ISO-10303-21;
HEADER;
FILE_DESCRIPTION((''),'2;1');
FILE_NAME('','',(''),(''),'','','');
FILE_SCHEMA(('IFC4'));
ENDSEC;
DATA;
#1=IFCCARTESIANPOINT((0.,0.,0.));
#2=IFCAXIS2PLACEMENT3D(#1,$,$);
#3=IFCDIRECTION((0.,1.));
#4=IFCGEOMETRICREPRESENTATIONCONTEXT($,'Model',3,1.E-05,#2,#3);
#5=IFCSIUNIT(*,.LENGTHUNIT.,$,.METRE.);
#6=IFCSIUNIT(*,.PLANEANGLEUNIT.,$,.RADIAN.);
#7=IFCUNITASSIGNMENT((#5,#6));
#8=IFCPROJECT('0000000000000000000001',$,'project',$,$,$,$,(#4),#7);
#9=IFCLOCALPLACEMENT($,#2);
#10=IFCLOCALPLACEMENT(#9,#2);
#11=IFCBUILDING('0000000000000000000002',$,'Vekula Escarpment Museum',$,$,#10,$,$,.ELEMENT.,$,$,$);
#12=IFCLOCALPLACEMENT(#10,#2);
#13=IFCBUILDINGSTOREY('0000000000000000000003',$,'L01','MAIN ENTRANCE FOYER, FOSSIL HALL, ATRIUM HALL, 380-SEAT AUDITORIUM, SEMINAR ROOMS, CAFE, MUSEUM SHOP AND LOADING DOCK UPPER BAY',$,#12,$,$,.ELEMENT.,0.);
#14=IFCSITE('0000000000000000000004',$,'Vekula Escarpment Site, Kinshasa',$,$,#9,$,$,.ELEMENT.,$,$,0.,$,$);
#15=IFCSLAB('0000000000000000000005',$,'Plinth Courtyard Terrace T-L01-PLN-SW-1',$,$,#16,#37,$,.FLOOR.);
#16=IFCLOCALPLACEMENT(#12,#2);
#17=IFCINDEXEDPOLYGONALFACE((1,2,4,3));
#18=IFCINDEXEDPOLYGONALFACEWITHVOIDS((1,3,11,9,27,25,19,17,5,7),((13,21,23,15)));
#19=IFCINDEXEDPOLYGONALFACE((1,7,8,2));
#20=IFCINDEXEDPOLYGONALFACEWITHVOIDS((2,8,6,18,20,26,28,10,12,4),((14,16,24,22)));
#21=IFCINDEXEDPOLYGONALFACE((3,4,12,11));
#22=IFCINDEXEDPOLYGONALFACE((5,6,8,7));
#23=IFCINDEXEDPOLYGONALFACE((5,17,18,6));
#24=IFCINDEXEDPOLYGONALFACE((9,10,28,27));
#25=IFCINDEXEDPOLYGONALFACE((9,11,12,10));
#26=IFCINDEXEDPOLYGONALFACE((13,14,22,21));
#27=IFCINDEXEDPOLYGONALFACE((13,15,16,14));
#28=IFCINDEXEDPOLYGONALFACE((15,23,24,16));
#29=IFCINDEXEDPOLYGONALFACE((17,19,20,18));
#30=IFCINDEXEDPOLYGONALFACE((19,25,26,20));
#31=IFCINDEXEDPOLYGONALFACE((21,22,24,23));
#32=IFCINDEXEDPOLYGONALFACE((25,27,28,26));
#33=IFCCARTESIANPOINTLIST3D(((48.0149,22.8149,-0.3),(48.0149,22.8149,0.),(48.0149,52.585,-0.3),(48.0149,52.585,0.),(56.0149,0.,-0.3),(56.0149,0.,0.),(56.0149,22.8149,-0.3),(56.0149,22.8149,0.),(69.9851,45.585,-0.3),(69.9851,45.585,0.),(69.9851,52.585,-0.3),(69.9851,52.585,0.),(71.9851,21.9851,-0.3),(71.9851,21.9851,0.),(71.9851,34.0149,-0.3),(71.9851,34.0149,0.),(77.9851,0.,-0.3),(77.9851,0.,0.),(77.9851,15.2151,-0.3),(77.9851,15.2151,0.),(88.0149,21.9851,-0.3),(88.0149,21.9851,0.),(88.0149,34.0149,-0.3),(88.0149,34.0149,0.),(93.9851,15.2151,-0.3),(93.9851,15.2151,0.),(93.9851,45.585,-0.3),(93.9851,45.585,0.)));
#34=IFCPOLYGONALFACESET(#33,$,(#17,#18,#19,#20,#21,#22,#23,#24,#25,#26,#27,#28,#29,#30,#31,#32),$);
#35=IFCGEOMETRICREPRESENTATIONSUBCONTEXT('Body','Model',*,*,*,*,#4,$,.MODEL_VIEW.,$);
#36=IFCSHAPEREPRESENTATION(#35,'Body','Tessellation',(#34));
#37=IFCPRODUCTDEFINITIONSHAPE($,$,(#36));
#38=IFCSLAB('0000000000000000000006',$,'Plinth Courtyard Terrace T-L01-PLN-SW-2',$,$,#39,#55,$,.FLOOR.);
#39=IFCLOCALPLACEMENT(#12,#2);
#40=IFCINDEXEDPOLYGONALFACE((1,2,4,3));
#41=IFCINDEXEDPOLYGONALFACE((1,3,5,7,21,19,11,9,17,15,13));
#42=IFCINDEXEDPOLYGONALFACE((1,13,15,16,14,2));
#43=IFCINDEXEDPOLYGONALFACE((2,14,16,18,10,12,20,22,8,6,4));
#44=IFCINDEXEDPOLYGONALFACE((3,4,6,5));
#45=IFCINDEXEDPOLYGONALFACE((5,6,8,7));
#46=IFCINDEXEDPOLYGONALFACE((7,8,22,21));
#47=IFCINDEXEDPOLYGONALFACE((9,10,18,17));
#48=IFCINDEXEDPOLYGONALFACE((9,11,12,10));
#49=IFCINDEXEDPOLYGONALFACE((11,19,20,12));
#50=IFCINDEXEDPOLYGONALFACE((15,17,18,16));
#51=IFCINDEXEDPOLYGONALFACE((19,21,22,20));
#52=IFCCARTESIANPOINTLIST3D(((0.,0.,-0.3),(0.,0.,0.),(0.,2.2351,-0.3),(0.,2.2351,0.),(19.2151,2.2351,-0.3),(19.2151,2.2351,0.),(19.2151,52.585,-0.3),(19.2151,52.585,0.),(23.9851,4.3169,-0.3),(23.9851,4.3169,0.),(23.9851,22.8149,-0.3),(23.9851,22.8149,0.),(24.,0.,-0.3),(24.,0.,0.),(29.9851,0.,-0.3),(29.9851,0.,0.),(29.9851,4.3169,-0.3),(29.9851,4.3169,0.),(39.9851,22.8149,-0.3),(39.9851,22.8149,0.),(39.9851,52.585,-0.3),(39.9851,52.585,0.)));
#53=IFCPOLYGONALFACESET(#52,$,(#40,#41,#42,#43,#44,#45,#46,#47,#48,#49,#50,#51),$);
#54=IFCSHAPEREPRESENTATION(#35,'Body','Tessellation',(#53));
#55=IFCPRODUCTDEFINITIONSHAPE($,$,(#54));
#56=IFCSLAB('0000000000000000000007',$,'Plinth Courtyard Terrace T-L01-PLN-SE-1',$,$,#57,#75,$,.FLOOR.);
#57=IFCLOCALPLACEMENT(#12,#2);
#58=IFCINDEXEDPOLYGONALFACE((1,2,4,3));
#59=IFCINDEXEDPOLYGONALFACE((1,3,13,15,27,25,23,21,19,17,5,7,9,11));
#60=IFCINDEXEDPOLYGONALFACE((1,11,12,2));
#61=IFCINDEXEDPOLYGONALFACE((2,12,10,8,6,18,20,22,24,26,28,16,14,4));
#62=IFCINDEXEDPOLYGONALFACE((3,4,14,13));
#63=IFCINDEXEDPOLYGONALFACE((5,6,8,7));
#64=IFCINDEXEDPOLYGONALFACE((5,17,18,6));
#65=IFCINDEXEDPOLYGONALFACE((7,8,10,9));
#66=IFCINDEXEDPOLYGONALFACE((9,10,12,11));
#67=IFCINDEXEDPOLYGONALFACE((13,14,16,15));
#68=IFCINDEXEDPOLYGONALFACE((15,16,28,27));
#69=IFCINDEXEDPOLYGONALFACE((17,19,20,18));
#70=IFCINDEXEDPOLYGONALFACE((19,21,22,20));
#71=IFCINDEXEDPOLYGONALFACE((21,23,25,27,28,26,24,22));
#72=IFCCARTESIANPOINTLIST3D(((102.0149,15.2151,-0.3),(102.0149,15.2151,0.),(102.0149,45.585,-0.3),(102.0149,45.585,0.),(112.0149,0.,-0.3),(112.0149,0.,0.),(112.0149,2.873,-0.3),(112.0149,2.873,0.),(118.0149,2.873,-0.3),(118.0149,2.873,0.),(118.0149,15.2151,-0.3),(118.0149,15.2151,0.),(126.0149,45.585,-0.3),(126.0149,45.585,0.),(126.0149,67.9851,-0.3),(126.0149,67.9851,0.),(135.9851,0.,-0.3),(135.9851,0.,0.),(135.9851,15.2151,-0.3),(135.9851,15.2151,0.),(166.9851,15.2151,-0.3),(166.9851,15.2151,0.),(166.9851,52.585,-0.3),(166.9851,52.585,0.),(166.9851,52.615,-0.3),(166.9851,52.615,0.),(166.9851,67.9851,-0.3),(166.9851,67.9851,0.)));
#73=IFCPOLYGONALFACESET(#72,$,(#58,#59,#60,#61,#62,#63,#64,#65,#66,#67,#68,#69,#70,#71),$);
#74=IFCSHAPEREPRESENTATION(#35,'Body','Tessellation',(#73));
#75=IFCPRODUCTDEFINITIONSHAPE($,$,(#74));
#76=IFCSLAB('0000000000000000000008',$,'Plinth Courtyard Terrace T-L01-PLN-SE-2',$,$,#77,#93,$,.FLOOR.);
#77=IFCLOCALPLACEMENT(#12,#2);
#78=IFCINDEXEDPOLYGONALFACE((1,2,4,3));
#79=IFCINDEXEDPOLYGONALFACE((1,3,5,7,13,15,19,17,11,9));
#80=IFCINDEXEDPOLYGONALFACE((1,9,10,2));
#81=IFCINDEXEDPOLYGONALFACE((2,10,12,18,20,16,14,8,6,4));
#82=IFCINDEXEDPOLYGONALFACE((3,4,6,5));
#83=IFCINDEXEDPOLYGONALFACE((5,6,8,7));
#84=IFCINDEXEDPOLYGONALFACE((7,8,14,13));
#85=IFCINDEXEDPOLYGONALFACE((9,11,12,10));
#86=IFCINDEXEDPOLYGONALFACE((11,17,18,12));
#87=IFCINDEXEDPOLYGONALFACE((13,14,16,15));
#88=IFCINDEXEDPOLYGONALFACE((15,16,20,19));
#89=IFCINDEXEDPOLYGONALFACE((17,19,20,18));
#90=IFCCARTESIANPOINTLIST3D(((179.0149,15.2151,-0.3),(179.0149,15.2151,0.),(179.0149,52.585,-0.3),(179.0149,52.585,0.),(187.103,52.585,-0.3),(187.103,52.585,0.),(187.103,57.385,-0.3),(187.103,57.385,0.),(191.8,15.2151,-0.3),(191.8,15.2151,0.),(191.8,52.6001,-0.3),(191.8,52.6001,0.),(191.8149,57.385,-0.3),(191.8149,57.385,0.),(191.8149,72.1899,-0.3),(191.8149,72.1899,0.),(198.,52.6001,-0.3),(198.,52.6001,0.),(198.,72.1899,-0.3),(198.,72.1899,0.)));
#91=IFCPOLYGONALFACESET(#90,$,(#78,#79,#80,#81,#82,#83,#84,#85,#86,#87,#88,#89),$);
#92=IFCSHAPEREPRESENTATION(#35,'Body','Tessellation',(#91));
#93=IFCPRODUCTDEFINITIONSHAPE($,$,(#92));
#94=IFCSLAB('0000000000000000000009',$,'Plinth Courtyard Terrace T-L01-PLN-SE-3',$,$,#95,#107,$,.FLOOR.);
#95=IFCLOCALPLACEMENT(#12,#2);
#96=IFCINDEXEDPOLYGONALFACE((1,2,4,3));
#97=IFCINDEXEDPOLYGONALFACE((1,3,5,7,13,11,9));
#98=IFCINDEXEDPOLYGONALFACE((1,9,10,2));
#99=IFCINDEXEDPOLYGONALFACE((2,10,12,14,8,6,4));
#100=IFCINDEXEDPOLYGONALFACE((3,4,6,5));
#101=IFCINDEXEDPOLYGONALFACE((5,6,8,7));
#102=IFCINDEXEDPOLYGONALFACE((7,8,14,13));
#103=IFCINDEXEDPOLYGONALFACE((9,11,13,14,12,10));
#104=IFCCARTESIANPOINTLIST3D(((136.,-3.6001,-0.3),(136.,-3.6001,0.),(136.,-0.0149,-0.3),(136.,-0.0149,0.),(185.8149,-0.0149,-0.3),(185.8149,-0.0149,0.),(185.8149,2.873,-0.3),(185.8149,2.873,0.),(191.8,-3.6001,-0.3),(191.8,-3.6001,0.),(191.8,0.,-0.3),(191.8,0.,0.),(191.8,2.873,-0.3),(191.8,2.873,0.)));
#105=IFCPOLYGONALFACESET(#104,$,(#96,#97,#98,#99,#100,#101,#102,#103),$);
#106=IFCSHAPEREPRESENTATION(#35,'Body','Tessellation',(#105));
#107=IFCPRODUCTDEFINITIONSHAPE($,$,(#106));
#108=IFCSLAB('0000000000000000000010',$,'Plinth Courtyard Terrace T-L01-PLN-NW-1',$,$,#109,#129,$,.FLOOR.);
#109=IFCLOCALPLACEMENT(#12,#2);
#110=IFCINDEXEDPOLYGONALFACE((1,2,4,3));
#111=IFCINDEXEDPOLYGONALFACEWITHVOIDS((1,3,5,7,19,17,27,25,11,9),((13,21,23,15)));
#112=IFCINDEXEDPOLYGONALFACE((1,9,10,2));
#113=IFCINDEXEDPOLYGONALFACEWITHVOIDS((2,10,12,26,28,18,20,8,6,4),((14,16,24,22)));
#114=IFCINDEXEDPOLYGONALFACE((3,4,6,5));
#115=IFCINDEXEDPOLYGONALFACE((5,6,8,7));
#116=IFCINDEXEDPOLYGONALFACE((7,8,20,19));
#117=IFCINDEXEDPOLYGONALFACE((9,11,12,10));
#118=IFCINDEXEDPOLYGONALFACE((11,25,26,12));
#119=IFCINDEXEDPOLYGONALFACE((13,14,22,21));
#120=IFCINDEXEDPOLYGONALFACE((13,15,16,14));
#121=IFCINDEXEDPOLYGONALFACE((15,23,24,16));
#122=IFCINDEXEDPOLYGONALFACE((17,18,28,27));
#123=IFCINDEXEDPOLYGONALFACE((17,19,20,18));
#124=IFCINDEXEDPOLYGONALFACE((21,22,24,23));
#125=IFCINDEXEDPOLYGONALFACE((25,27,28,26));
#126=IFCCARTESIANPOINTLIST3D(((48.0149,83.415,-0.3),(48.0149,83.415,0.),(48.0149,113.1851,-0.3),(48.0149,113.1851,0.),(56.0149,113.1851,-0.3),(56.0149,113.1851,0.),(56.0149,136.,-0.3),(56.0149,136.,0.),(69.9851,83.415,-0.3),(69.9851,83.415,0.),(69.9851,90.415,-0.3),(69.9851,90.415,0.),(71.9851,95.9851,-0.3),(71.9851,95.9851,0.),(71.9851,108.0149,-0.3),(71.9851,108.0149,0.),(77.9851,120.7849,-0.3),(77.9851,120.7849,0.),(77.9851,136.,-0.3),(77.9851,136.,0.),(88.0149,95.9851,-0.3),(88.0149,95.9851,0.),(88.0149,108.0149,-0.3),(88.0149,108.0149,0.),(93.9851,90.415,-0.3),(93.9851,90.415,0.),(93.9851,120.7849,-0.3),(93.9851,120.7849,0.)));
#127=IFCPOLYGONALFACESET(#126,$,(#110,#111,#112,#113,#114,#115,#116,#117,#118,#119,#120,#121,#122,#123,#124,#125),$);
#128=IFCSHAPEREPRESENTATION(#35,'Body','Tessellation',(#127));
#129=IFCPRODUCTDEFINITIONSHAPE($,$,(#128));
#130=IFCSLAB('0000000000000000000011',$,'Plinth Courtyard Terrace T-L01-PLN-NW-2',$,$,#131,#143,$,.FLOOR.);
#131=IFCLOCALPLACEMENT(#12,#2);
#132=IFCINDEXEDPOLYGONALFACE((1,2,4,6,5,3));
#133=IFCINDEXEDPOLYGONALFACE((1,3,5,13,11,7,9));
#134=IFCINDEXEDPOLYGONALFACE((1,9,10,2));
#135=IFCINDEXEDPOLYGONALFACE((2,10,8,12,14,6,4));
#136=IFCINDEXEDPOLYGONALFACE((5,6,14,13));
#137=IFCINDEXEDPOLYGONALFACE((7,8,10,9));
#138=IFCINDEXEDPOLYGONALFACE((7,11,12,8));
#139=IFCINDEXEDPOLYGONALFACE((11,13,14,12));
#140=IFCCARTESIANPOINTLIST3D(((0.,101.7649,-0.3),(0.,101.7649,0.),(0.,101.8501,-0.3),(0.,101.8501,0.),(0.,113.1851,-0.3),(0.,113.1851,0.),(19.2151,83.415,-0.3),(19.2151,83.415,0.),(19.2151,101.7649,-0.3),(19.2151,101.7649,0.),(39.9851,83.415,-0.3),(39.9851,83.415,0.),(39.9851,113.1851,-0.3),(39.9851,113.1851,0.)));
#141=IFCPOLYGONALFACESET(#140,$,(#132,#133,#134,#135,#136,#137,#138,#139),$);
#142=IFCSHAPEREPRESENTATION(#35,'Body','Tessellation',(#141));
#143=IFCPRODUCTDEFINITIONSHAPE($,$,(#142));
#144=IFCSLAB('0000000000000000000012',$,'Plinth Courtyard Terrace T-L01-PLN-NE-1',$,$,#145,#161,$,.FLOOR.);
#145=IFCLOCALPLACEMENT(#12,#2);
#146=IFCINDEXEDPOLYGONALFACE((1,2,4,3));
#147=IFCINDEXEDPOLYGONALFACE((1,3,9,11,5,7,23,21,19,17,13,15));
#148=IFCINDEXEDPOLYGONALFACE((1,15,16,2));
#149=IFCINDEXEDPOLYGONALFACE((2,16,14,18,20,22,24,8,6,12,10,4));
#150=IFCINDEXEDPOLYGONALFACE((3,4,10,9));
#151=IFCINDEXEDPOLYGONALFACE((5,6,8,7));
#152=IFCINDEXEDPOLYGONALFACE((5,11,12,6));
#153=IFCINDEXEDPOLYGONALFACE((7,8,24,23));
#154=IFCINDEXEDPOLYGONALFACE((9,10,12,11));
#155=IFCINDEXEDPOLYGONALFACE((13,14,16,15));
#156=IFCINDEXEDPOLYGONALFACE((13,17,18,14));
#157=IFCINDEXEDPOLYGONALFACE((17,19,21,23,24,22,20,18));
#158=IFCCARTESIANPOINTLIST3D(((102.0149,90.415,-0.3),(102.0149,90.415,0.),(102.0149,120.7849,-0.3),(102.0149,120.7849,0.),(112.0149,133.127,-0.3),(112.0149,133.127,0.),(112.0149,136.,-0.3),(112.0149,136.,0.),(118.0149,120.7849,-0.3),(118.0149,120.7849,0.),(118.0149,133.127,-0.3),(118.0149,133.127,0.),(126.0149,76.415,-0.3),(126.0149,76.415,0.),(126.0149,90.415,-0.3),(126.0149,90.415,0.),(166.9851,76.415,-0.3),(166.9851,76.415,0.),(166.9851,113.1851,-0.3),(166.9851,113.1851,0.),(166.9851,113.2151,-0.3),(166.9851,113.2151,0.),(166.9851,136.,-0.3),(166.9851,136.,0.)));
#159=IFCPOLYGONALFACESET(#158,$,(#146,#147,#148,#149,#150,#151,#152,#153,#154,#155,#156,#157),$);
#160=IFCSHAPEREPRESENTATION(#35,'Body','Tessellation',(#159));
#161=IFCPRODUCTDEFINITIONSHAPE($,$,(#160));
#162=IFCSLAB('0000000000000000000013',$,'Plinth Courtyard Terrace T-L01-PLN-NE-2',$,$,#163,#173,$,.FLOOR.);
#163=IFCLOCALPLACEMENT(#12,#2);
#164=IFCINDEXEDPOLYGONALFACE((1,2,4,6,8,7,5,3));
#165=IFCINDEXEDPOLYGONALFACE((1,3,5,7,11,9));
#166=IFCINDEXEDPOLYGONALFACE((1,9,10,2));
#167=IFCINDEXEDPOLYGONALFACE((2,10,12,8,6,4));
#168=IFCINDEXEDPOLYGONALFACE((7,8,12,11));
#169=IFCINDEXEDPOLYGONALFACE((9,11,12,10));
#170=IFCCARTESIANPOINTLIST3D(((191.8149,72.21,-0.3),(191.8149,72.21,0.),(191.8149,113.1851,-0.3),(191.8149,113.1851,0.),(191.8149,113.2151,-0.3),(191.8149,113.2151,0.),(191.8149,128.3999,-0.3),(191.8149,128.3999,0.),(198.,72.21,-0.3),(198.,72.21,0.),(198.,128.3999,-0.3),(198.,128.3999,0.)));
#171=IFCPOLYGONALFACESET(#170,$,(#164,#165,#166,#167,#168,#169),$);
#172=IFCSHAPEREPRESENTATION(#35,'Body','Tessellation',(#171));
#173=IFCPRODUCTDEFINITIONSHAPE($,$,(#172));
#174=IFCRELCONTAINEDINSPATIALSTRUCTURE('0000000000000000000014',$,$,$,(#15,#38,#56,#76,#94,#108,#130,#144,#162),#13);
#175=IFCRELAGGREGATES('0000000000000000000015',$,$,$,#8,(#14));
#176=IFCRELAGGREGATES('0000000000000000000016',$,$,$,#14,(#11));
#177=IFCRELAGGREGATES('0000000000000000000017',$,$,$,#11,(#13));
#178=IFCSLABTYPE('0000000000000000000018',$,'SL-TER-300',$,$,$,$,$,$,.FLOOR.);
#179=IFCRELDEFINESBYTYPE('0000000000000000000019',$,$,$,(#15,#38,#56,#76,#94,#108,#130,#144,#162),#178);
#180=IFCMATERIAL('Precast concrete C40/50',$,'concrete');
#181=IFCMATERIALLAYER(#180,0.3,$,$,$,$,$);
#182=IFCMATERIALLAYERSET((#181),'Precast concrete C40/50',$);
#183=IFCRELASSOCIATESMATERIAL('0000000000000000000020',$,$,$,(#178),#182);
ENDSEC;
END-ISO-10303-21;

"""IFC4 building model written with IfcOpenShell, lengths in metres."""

from ifc_helpers import new_model, si_unit, direction, frame, origin, place, context, subcontext, project, spatial, polyline, outline, extrude, material, layer, layer_set, type_object, element, save


model = new_model("IFC4")

# Units and contexts
model_context = context("Model", 3, precision=1e-05, world=origin(), true_north=direction((0.0, 1.0)))
body_context = subcontext(model_context, "Body", "Model", "MODEL_VIEW")
ifc_project = project(units=[si_unit("LENGTHUNIT", "METRE"), si_unit("PLANEANGLEUNIT", "RADIAN")], contexts=[model_context])

# Site, building, storey
site_placement = place(None, origin())
site = spatial("IfcSite", under=ifc_project, at=site_placement, Name="Vekula Escarpment Site, Kinshasa", CompositionType="ELEMENT", RefElevation=0.0)
building_placement = place(site_placement, origin())
building = spatial("IfcBuilding", under=site, at=building_placement, Name="Vekula Escarpment Museum", CompositionType="ELEMENT")
storey_placement = place(building_placement, origin())
storey = spatial("IfcBuildingStorey", under=building, at=storey_placement, Name="L01", Description="MAIN ENTRANCE FOYER, FOSSIL HALL, ATRIUM HALL, 380-SEAT AUDITORIUM, SEMINAR ROOMS, CAFE, MUSEUM SHOP AND LOADING DOCK UPPER BAY", CompositionType="ELEMENT", Elevation=0.0)

# Slabs
ifc_material_1 = material(Name="Precast concrete C40/50", Category="concrete")
ifc_layer_1 = layer(ifc_material_1, 0.3)
ifc_layer_set_1 = layer_set([ifc_layer_1], Name="Precast concrete C40/50")
slab_type_1 = type_object("IfcSlabType", Name="SL-TER-300", PredefinedType="FLOOR", material=ifc_layer_set_1)
slab_1_placement = place(storey_placement, frame((0.0, 0.0, -0.3)))
element("IfcSlab", 1, at=slab_1_placement, inside=storey, type_object=slab_type_1, Name="Plinth Courtyard Terrace T-L01-PLN-SW-1", PredefinedType="FLOOR", context=body_context, shape_type="SweptSolid", body=[
    extrude(outline(polyline([(56.0149, 22.8149), (48.0149, 22.8149), (48.0149, 52.585), (69.9851, 52.585), (69.9851, 45.585), (93.9851, 45.585), (93.9851, 15.2151), (77.9851, 15.2151), (77.9851, 0.0), (56.0149, 0.0), (56.0149, 22.8149)]), holes=[polyline([(71.9851, 34.0149), (71.9851, 21.9851), (88.0149, 21.9851), (88.0149, 34.0149), (71.9851, 34.0149)])]), origin(), (0.0, 0.0, 1.0), 0.3),
])
slab_2_placement = place(storey_placement, frame((0.0, 0.0, -0.3)))
element("IfcSlab", 2, at=slab_2_placement, inside=storey, type_object=slab_type_1, Name="Plinth Courtyard Terrace T-L01-PLN-SW-2", PredefinedType="FLOOR", context=body_context, shape_type="SweptSolid", body=[
    extrude(outline(polyline([(0.0, 0.0), (0.0, 2.2351), (19.2151, 2.2351), (19.2151, 52.585), (39.9851, 52.585), (39.9851, 22.8149), (23.9851, 22.8149), (23.9851, 4.3169), (29.9851, 4.3169), (29.9851, 0.0), (24.0, 0.0), (0.0, 0.0)])), origin(), (0.0, 0.0, 1.0), 0.3),
])
slab_3_placement = place(storey_placement, frame((0.0, 0.0, -0.3)))
element("IfcSlab", 3, at=slab_3_placement, inside=storey, type_object=slab_type_1, Name="Plinth Courtyard Terrace T-L01-PLN-SE-1", PredefinedType="FLOOR", context=body_context, shape_type="SweptSolid", body=[
    extrude(outline(polyline([(112.0149, 2.873), (118.0149, 2.873), (118.0149, 15.2151), (102.0149, 15.2151), (102.0149, 45.585), (126.0149, 45.585), (126.0149, 67.9851), (166.9851, 67.9851), (166.9851, 52.615), (166.9851, 52.585), (166.9851, 15.2151), (135.9851, 15.2151), (135.9851, 0.0), (112.0149, 0.0), (112.0149, 2.873)])), origin(), (0.0, 0.0, 1.0), 0.3),
])
slab_4_placement = place(storey_placement, frame((0.0, 0.0, -0.3)))
element("IfcSlab", 4, at=slab_4_placement, inside=storey, type_object=slab_type_1, Name="Plinth Courtyard Terrace T-L01-PLN-SE-2", PredefinedType="FLOOR", context=body_context, shape_type="SweptSolid", body=[
    extrude(outline(polyline([(198.0, 52.6001), (191.8, 52.6001), (191.8, 15.2151), (179.0149, 15.2151), (179.0149, 52.585), (187.103, 52.585), (187.103, 57.385), (191.8149, 57.385), (191.8149, 72.1899), (198.0, 72.1899), (198.0, 52.6001)])), origin(), (0.0, 0.0, 1.0), 0.3),
])
slab_5_placement = place(storey_placement, frame((0.0, 0.0, -0.3)))
element("IfcSlab", 5, at=slab_5_placement, inside=storey, type_object=slab_type_1, Name="Plinth Courtyard Terrace T-L01-PLN-SE-3", PredefinedType="FLOOR", context=body_context, shape_type="SweptSolid", body=[
    extrude(outline(polyline([(191.8, -3.6001), (136.0, -3.6001), (136.0, -0.0149), (185.8149, -0.0149), (185.8149, 2.873), (191.8, 2.873), (191.8, 0.0), (191.8, -3.6001)])), origin(), (0.0, 0.0, 1.0), 0.3),
])
slab_6_placement = place(storey_placement, frame((0.0, 0.0, -0.3)))
element("IfcSlab", 6, at=slab_6_placement, inside=storey, type_object=slab_type_1, Name="Plinth Courtyard Terrace T-L01-PLN-NW-1", PredefinedType="FLOOR", context=body_context, shape_type="SweptSolid", body=[
    extrude(outline(polyline([(77.9851, 120.7849), (93.9851, 120.7849), (93.9851, 90.415), (69.9851, 90.415), (69.9851, 83.415), (48.0149, 83.415), (48.0149, 113.1851), (56.0149, 113.1851), (56.0149, 136.0), (77.9851, 136.0), (77.9851, 120.7849)]), holes=[polyline([(71.9851, 108.0149), (71.9851, 95.9851), (88.0149, 95.9851), (88.0149, 108.0149), (71.9851, 108.0149)])]), origin(), (0.0, 0.0, 1.0), 0.3),
])
slab_7_placement = place(storey_placement, frame((0.0, 0.0, -0.3)))
element("IfcSlab", 7, at=slab_7_placement, inside=storey, type_object=slab_type_1, Name="Plinth Courtyard Terrace T-L01-PLN-NW-2", PredefinedType="FLOOR", context=body_context, shape_type="SweptSolid", body=[
    extrude(outline(polyline([(0.0, 113.1851), (39.9851, 113.1851), (39.9851, 83.415), (19.2151, 83.415), (19.2151, 101.7649), (0.0, 101.7649), (0.0, 101.8501), (0.0, 113.1851)])), origin(), (0.0, 0.0, 1.0), 0.3),
])
slab_8_placement = place(storey_placement, frame((0.0, 0.0, -0.3)))
element("IfcSlab", 8, at=slab_8_placement, inside=storey, type_object=slab_type_1, Name="Plinth Courtyard Terrace T-L01-PLN-NE-1", PredefinedType="FLOOR", context=body_context, shape_type="SweptSolid", body=[
    extrude(outline(polyline([(166.9851, 113.2151), (166.9851, 113.1851), (166.9851, 76.415), (126.0149, 76.415), (126.0149, 90.415), (102.0149, 90.415), (102.0149, 120.7849), (118.0149, 120.7849), (118.0149, 133.127), (112.0149, 133.127), (112.0149, 136.0), (166.9851, 136.0), (166.9851, 113.2151)])), origin(), (0.0, 0.0, 1.0), 0.3),
])
slab_9_placement = place(storey_placement, frame((0.0, 0.0, -0.3)))
element("IfcSlab", 9, at=slab_9_placement, inside=storey, type_object=slab_type_1, Name="Plinth Courtyard Terrace T-L01-PLN-NE-2", PredefinedType="FLOOR", context=body_context, shape_type="SweptSolid", body=[
    extrude(outline(polyline([(198.0, 72.21), (191.8149, 72.21), (191.8149, 113.1851), (191.8149, 113.2151), (191.8149, 128.3999), (198.0, 128.3999), (198.0, 72.21)])), origin(), (0.0, 0.0, 1.0), 0.3),
])

save(model, "model.ifc")
